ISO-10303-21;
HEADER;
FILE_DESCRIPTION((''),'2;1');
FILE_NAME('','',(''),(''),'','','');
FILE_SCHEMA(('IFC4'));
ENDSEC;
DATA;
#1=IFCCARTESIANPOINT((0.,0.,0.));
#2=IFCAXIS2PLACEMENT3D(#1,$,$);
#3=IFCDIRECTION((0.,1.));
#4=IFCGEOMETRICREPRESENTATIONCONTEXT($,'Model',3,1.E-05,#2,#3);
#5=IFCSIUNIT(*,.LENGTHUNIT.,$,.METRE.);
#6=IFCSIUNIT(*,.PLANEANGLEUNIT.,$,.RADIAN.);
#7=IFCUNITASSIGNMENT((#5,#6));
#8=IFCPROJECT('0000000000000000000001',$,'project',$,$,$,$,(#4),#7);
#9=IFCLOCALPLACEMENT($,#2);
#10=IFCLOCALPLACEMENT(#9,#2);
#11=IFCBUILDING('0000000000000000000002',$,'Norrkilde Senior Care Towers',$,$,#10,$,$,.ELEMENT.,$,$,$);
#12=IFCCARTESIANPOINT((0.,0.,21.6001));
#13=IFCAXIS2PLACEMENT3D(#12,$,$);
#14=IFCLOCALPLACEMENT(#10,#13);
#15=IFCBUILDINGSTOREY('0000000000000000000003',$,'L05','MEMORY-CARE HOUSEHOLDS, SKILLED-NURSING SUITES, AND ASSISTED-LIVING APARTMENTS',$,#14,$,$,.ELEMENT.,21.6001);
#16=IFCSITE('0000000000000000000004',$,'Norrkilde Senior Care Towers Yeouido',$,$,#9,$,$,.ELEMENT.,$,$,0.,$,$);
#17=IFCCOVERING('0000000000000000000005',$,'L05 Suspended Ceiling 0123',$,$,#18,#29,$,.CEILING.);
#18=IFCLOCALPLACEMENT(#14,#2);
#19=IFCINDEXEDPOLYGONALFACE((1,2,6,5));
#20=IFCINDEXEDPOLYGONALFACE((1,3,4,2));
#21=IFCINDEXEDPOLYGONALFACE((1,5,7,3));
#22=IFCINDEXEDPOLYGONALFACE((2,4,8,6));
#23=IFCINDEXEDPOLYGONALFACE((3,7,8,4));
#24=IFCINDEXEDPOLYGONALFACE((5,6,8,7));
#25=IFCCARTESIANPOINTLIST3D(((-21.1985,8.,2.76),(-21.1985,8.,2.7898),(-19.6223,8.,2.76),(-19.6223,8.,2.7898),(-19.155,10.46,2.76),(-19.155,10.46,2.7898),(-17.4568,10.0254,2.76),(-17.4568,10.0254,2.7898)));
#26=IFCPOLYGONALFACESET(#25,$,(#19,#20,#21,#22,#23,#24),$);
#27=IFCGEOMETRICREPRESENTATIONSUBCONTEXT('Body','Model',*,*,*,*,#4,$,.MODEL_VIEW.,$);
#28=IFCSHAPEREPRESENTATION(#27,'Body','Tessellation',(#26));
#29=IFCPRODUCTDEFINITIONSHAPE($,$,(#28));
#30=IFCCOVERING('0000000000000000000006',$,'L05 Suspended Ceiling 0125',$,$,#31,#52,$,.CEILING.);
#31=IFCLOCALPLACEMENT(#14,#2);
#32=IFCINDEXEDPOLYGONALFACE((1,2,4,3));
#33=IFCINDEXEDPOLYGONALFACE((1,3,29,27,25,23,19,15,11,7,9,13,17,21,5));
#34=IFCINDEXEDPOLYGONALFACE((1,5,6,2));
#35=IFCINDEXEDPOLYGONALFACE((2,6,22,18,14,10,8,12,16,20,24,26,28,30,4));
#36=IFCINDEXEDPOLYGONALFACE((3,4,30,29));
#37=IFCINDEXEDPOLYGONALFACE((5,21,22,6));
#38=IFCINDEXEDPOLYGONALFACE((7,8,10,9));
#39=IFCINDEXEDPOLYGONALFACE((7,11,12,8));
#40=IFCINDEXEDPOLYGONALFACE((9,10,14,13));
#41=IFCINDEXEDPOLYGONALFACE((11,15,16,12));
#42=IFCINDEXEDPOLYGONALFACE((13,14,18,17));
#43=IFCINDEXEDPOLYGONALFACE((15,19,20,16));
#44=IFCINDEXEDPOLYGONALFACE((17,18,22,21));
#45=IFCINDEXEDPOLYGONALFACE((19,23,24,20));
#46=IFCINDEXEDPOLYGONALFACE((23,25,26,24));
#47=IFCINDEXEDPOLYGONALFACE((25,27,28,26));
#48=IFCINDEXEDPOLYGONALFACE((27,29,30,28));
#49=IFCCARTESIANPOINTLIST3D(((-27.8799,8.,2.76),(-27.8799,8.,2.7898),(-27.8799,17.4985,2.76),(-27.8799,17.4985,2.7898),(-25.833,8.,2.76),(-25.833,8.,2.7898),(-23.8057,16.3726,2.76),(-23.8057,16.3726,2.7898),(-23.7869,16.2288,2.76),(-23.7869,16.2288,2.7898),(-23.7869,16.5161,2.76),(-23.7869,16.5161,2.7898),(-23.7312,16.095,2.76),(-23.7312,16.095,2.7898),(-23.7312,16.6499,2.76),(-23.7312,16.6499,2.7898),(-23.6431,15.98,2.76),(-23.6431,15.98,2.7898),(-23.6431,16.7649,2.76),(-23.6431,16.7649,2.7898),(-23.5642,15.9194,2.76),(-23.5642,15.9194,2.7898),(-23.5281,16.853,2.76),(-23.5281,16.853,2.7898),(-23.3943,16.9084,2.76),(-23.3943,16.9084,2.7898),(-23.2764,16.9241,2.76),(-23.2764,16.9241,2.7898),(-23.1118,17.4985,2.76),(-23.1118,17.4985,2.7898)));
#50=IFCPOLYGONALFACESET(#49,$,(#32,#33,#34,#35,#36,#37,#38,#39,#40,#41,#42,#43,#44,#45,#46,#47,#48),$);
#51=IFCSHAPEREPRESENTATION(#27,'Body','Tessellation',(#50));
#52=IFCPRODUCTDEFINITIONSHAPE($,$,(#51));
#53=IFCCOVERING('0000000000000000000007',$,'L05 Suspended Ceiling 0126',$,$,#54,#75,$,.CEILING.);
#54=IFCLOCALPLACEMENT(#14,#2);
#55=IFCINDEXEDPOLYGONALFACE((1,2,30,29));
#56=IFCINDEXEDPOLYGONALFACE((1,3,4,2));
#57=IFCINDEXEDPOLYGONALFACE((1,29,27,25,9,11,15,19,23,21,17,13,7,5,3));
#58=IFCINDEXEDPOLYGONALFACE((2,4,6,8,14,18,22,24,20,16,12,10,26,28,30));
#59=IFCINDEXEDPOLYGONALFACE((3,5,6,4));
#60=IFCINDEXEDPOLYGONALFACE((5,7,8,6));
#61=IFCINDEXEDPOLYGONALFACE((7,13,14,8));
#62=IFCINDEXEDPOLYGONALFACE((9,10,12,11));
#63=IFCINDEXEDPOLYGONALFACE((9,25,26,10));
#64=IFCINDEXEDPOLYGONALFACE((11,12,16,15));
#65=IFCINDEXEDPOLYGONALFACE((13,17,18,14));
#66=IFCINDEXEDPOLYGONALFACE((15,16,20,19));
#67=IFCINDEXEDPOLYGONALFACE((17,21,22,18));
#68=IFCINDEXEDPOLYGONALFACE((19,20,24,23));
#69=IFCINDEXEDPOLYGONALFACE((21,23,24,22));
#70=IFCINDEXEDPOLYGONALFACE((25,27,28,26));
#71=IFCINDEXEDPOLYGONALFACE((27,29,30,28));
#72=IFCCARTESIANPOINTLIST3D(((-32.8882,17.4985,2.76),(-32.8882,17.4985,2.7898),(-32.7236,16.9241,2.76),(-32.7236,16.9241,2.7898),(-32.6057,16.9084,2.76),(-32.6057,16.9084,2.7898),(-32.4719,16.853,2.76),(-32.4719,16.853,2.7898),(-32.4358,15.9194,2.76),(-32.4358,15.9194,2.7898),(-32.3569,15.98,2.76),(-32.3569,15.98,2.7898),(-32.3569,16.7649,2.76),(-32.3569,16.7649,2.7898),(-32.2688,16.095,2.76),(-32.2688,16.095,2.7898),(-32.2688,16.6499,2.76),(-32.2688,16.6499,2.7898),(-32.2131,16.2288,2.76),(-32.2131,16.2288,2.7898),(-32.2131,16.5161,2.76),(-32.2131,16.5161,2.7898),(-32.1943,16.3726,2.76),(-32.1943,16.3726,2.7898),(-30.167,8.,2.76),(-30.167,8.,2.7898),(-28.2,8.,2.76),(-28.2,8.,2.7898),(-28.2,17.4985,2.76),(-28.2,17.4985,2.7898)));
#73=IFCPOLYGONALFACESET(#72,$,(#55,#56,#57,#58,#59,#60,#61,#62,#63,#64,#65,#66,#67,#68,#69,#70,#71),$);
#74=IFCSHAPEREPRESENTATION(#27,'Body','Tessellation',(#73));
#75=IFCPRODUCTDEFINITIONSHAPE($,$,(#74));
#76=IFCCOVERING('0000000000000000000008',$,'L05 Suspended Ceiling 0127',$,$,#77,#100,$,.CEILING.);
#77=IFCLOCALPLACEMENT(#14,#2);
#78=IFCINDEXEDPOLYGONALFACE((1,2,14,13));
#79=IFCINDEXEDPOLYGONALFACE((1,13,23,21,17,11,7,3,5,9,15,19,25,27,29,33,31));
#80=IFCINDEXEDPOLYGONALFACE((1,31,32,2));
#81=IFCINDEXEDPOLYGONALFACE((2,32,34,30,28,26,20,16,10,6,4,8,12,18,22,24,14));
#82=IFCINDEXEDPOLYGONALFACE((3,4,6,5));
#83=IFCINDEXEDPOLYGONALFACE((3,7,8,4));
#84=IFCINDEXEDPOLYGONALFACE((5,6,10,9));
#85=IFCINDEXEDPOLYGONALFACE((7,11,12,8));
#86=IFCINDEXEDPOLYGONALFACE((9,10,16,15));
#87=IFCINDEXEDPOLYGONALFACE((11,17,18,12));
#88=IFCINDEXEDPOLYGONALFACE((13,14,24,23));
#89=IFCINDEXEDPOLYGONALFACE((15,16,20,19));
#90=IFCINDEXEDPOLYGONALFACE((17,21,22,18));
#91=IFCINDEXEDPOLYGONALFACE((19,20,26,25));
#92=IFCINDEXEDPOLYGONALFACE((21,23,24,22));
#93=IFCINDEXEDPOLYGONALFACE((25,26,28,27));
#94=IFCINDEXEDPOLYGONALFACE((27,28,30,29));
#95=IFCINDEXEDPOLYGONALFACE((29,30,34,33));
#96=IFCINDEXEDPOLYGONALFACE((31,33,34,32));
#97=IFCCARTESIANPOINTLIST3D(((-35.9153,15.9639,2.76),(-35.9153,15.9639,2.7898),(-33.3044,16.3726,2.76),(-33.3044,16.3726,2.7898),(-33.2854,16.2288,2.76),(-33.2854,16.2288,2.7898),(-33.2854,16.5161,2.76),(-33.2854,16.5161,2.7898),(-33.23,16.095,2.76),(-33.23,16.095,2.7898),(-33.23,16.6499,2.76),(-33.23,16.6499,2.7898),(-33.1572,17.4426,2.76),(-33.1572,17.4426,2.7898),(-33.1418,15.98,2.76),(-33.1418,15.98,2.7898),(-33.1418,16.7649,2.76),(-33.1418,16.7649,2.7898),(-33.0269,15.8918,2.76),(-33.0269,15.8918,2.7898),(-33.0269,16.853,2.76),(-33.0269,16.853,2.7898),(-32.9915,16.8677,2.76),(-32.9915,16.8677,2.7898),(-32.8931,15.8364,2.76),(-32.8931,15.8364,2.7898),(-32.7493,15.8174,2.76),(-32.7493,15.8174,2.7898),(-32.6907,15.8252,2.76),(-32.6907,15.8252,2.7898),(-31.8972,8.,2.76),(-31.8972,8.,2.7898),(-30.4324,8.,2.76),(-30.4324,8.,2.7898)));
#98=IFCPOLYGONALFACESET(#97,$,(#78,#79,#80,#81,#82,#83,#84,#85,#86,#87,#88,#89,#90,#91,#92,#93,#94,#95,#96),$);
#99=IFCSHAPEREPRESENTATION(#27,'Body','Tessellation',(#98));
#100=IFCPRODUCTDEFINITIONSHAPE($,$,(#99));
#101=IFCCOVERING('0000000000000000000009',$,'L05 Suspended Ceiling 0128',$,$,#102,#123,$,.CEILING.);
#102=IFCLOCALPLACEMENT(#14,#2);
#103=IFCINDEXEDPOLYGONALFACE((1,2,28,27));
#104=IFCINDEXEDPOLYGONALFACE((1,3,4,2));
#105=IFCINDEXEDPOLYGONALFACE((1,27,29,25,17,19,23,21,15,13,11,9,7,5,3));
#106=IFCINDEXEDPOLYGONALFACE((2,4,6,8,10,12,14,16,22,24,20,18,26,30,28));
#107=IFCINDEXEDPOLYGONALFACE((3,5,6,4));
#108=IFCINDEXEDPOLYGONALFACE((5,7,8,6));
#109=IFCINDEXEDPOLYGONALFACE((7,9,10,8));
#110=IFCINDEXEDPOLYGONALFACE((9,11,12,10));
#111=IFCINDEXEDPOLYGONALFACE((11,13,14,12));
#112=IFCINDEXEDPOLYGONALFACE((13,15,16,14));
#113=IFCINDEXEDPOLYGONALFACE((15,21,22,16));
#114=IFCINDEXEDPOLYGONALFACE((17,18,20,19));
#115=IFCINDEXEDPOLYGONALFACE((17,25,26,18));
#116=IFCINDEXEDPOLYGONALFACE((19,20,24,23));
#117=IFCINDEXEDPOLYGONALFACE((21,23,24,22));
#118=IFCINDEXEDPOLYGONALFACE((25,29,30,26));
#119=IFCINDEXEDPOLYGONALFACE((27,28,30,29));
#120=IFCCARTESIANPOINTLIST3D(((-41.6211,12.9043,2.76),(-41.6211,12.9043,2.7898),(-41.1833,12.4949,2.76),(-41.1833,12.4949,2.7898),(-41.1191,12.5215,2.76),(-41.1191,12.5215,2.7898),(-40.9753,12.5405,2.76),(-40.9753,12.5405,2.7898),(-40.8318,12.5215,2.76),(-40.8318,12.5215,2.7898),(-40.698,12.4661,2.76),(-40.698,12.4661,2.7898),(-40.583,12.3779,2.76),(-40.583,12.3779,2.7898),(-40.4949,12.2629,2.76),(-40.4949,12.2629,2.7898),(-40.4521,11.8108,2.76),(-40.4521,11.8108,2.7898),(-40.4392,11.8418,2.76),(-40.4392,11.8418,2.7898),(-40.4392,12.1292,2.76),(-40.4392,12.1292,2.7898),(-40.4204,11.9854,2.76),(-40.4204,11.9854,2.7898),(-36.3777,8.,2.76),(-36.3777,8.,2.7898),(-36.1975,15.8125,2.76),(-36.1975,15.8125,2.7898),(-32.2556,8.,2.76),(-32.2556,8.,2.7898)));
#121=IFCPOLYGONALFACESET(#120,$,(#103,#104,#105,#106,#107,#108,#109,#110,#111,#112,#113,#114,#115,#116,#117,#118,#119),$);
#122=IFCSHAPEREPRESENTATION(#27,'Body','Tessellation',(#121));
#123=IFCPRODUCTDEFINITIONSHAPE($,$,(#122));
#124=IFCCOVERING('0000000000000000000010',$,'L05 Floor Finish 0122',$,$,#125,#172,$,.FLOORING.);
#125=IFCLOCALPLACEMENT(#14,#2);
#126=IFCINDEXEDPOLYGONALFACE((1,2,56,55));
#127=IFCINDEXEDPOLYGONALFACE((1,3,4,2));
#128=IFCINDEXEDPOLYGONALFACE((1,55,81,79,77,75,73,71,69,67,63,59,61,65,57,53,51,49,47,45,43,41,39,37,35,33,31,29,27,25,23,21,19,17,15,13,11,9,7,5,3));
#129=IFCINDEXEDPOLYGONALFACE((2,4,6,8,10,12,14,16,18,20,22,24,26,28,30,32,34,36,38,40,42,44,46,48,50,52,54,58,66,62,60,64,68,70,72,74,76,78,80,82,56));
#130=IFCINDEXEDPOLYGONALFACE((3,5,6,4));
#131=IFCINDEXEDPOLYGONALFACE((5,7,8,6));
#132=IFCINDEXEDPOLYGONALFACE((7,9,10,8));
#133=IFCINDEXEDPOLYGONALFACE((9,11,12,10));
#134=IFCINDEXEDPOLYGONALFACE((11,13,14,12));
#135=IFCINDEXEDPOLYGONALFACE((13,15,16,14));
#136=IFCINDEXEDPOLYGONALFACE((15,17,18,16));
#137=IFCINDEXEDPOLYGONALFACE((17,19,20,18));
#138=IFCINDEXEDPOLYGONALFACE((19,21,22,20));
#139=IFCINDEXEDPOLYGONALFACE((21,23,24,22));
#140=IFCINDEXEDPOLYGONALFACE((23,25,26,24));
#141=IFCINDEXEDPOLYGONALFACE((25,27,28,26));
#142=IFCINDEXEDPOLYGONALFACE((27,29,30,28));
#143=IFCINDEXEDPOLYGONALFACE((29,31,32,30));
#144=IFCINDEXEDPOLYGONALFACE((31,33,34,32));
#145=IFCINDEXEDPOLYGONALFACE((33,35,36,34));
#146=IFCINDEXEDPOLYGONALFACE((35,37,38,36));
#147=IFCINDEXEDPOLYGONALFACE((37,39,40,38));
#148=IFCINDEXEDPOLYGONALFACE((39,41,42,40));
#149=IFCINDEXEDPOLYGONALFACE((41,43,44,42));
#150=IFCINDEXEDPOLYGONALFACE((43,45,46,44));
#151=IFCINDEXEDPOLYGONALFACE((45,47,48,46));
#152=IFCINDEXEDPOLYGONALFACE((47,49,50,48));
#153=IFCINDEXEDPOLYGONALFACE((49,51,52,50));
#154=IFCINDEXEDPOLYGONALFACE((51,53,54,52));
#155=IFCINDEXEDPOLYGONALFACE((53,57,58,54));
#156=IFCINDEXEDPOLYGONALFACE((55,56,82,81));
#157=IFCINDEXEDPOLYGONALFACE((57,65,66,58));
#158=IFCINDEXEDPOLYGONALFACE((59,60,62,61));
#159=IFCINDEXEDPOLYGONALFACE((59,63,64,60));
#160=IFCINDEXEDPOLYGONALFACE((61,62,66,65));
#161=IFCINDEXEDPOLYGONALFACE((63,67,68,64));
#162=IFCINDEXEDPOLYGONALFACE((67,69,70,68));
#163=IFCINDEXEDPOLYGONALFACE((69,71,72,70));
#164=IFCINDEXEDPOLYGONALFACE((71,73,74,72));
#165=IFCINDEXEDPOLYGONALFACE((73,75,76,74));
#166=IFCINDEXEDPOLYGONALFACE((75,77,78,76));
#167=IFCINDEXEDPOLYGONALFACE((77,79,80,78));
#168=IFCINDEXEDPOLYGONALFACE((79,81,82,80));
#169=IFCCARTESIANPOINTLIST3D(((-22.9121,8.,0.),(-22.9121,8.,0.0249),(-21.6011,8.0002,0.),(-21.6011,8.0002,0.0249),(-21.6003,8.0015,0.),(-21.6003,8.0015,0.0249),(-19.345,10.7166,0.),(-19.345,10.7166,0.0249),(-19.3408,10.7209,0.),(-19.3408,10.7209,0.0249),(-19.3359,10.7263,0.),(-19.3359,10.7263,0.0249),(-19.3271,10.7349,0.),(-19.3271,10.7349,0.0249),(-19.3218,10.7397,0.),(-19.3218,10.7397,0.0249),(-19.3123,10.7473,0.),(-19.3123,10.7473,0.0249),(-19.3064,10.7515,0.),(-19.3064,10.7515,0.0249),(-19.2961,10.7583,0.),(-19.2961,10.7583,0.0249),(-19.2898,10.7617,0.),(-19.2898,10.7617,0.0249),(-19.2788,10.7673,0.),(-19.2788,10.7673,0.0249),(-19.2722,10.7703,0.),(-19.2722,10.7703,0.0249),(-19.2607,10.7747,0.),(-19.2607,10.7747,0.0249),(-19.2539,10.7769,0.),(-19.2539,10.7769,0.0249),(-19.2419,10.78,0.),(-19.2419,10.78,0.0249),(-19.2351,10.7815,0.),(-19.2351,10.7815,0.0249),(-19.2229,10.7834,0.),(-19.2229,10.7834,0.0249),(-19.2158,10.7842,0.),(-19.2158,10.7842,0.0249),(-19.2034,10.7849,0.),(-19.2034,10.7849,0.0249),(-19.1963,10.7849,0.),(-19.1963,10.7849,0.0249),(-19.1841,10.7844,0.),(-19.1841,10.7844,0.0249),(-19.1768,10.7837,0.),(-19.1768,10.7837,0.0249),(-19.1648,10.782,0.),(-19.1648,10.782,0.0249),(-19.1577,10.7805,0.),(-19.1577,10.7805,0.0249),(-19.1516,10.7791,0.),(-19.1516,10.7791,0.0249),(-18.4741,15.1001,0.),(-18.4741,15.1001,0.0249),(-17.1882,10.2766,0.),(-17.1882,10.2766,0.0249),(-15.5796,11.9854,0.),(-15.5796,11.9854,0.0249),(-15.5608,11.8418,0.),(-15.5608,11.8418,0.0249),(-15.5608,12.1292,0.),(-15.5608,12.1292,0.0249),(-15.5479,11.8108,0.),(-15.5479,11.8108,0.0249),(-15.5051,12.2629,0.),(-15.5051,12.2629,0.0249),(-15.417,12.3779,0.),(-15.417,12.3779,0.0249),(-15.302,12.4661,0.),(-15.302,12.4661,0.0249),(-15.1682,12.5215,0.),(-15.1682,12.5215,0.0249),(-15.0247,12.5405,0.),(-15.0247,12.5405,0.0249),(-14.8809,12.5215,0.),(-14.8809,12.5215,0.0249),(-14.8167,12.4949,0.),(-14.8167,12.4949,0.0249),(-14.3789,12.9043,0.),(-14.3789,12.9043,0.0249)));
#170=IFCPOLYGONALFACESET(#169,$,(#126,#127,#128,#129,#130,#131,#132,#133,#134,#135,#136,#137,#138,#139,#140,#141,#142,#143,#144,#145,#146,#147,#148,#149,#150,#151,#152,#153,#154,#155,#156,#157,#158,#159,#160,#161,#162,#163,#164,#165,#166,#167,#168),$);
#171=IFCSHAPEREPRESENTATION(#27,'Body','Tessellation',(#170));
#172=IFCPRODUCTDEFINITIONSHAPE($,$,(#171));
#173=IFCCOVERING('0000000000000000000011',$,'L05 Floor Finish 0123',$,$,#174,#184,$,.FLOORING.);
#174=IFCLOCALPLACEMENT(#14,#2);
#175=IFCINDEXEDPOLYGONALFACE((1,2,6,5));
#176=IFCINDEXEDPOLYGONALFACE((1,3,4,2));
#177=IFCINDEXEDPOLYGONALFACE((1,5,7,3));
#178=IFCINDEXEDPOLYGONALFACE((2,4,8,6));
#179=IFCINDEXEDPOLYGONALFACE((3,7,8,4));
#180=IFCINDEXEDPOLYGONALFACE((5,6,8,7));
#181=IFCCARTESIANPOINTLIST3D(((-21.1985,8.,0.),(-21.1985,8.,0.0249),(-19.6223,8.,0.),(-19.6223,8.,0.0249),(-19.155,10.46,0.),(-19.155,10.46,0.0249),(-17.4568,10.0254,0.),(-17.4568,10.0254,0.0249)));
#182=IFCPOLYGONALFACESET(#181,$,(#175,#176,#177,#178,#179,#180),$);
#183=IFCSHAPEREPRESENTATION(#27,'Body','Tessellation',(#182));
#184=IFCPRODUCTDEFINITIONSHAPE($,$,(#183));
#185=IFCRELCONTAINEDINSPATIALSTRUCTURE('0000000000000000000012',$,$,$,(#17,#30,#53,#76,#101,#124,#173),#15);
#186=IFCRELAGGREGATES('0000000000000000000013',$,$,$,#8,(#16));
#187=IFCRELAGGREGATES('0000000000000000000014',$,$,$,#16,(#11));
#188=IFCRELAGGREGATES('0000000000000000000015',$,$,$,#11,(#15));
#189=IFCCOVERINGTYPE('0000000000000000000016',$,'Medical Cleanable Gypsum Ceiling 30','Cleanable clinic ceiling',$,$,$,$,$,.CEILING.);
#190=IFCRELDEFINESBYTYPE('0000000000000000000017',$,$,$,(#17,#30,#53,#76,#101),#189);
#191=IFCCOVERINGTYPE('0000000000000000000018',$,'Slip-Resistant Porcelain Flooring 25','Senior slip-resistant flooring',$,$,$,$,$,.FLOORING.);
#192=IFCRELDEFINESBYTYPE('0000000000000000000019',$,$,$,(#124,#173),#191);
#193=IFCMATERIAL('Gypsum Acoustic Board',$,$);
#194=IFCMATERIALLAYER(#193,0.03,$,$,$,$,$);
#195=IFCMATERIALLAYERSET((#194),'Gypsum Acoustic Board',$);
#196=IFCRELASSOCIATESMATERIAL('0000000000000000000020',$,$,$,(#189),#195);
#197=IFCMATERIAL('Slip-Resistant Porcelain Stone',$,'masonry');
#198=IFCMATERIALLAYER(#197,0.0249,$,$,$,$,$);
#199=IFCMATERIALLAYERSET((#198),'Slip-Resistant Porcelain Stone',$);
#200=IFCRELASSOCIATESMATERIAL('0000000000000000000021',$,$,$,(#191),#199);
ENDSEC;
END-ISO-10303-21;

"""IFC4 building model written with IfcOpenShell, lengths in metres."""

from ifc_helpers import new_model, si_unit, direction, frame, origin, place, context, subcontext, project, spatial, polyline, outline, extrude, material, layer, layer_set, type_object, element, save


model = new_model("IFC4")

# Units and contexts
model_context = context("Model", 3, precision=1e-05, world=origin(), true_north=direction((0.0, 1.0)))
body_context = subcontext(model_context, "Body", "Model", "MODEL_VIEW")
ifc_project = project(units=[si_unit("LENGTHUNIT", "METRE"), si_unit("PLANEANGLEUNIT", "RADIAN")], contexts=[model_context])

# Site, building, storey
site_placement = place(None, origin())
site = spatial("IfcSite", under=ifc_project, at=site_placement, Name="Norrkilde Senior Care Towers Yeouido", CompositionType="ELEMENT", RefElevation=0.0)
building_placement = place(site_placement, origin())
building = spatial("IfcBuilding", under=site, at=building_placement, Name="Norrkilde Senior Care Towers", CompositionType="ELEMENT")
storey_placement = place(building_placement, frame((0.0, 0.0, 21.6001)))
storey = spatial("IfcBuildingStorey", under=building, at=storey_placement, Name="L05", Description="MEMORY-CARE HOUSEHOLDS, SKILLED-NURSING SUITES, AND ASSISTED-LIVING APARTMENTS", CompositionType="ELEMENT", Elevation=21.6001)

# Coverings
ifc_material_1 = material(Name="Gypsum Acoustic Board")
ifc_layer_1 = layer(ifc_material_1, 0.03)
ifc_layer_set_1 = layer_set([ifc_layer_1], Name="Gypsum Acoustic Board")
covering_type_1 = type_object("IfcCoveringType", Name="Medical Cleanable Gypsum Ceiling 30", Description="Cleanable clinic ceiling", PredefinedType="CEILING", material=ifc_layer_set_1)
covering_1_placement = place(storey_placement, frame((0.0, 0.0, 2.76)))
element("IfcCovering", 1, at=covering_1_placement, inside=storey, type_object=covering_type_1, Name="L05 Suspended Ceiling 0123", PredefinedType="CEILING", context=body_context, shape_type="SweptSolid", body=[
    extrude(outline(polyline([(-17.4568, 10.0254), (-19.6223, 8.0), (-21.1985, 8.0), (-19.155, 10.46), (-17.4568, 10.0254)])), origin(), (0.0, 0.0, 1.0), 0.0298),
])
covering_2_placement = place(storey_placement, frame((0.0, 0.0, 2.76)))
element("IfcCovering", 2, at=covering_2_placement, inside=storey, type_object=covering_type_1, Name="L05 Suspended Ceiling 0125", PredefinedType="CEILING", context=body_context, shape_type="SweptSolid", body=[
    extrude(outline(polyline([(-23.2764, 16.9241), (-23.3943, 16.9084), (-23.5281, 16.853), (-23.6431, 16.7649), (-23.7312, 16.6499), (-23.7869, 16.5161), (-23.8057, 16.3726), (-23.7869, 16.2288), (-23.7312, 16.095), (-23.6431, 15.98), (-23.5642, 15.9194), (-25.833, 8.0), (-27.8799, 8.0), (-27.8799, 17.4985), (-23.1118, 17.4985), (-23.2764, 16.9241)])), origin(), (0.0, 0.0, 1.0), 0.0298),
])
covering_3_placement = place(storey_placement, frame((0.0, 0.0, 2.76)))
element("IfcCovering", 3, at=covering_3_placement, inside=storey, type_object=covering_type_1, Name="L05 Suspended Ceiling 0126", PredefinedType="CEILING", context=body_context, shape_type="SweptSolid", body=[
    extrude(outline(polyline([(-28.2, 17.4985), (-28.2, 8.0), (-30.167, 8.0), (-32.4358, 15.9194), (-32.3569, 15.98), (-32.2688, 16.095), (-32.2131, 16.2288), (-32.1943, 16.3726), (-32.2131, 16.5161), (-32.2688, 16.6499), (-32.3569, 16.7649), (-32.4719, 16.853), (-32.6057, 16.9084), (-32.7236, 16.9241), (-32.8882, 17.4985), (-28.2, 17.4985)])), origin(), (0.0, 0.0, 1.0), 0.0298),
])
covering_4_placement = place(storey_placement, frame((0.0, 0.0, 2.76)))
element("IfcCovering", 4, at=covering_4_placement, inside=storey, type_object=covering_type_1, Name="L05 Suspended Ceiling 0127", PredefinedType="CEILING", context=body_context, shape_type="SweptSolid", body=[
    extrude(outline(polyline([(-32.9915, 16.8677), (-33.0269, 16.853), (-33.1418, 16.7649), (-33.23, 16.6499), (-33.2854, 16.5161), (-33.3044, 16.3726), (-33.2854, 16.2288), (-33.23, 16.095), (-33.1418, 15.98), (-33.0269, 15.8918), (-32.8931, 15.8364), (-32.7493, 15.8174), (-32.6907, 15.8252), (-30.4324, 8.0), (-31.8972, 8.0), (-35.9153, 15.9639), (-33.1572, 17.4426), (-32.9915, 16.8677)])), origin(), (0.0, 0.0, 1.0), 0.0298),
])
covering_5_placement = place(storey_placement, frame((0.0, 0.0, 2.76)))
element("IfcCovering", 5, at=covering_5_placement, inside=storey, type_object=covering_type_1, Name="L05 Suspended Ceiling 0128", PredefinedType="CEILING", context=body_context, shape_type="SweptSolid", body=[
    extrude(outline(polyline([(-36.1975, 15.8125), (-32.2556, 8.0), (-36.3777, 8.0), (-40.4521, 11.8108), (-40.4392, 11.8418), (-40.4204, 11.9854), (-40.4392, 12.1292), (-40.4949, 12.2629), (-40.583, 12.3779), (-40.698, 12.4661), (-40.8318, 12.5215), (-40.9753, 12.5405), (-41.1191, 12.5215), (-41.1833, 12.4949), (-41.6211, 12.9043), (-36.1975, 15.8125)])), origin(), (0.0, 0.0, 1.0), 0.0298),
])
ifc_material_2 = material(Name="Slip-Resistant Porcelain Stone", Category="masonry")
ifc_layer_2 = layer(ifc_material_2, 0.0249)
ifc_layer_set_2 = layer_set([ifc_layer_2], Name="Slip-Resistant Porcelain Stone")
covering_type_2 = type_object("IfcCoveringType", Name="Slip-Resistant Porcelain Flooring 25", Description="Senior slip-resistant flooring", PredefinedType="FLOORING", material=ifc_layer_set_2)
covering_6_placement = place(storey_placement, origin())
element("IfcCovering", 6, at=covering_6_placement, inside=storey, type_object=covering_type_2, Name="L05 Floor Finish 0122", PredefinedType="FLOORING", context=body_context, shape_type="SweptSolid", body=[
    extrude(outline(polyline([(-19.1577, 10.7805), (-19.1648, 10.782), (-19.1768, 10.7837), (-19.1841, 10.7844), (-19.1963, 10.7849), (-19.2034, 10.7849), (-19.2158, 10.7842), (-19.2229, 10.7834), (-19.2351, 10.7815), (-19.2419, 10.78), (-19.2539, 10.7769), (-19.2607, 10.7747), (-19.2722, 10.7703), (-19.2788, 10.7673), (-19.2898, 10.7617), (-19.2961, 10.7583), (-19.3064, 10.7515), (-19.3123, 10.7473), (-19.3218, 10.7397), (-19.3271, 10.7349), (-19.3359, 10.7263), (-19.3408, 10.7209), (-19.345, 10.7166), (-21.6003, 8.0015), (-21.6011, 8.0002), (-22.9121, 8.0), (-18.4741, 15.1001), (-14.3789, 12.9043), (-14.8167, 12.4949), (-14.8809, 12.5215), (-15.0247, 12.5405), (-15.1682, 12.5215), (-15.302, 12.4661), (-15.417, 12.3779), (-15.5051, 12.2629), (-15.5608, 12.1292), (-15.5796, 11.9854), (-15.5608, 11.8418), (-15.5479, 11.8108), (-17.1882, 10.2766), (-19.1516, 10.7791), (-19.1577, 10.7805)])), origin(), (0.0, 0.0, 1.0), 0.0249),
])
covering_7_placement = place(storey_placement, origin())
element("IfcCovering", 7, at=covering_7_placement, inside=storey, type_object=covering_type_2, Name="L05 Floor Finish 0123", PredefinedType="FLOORING", context=body_context, shape_type="SweptSolid", body=[
    extrude(outline(polyline([(-17.4568, 10.0254), (-19.6223, 8.0), (-21.1985, 8.0), (-19.155, 10.46), (-17.4568, 10.0254)])), origin(), (0.0, 0.0, 1.0), 0.0249),
])

save(model, "model.ifc")
